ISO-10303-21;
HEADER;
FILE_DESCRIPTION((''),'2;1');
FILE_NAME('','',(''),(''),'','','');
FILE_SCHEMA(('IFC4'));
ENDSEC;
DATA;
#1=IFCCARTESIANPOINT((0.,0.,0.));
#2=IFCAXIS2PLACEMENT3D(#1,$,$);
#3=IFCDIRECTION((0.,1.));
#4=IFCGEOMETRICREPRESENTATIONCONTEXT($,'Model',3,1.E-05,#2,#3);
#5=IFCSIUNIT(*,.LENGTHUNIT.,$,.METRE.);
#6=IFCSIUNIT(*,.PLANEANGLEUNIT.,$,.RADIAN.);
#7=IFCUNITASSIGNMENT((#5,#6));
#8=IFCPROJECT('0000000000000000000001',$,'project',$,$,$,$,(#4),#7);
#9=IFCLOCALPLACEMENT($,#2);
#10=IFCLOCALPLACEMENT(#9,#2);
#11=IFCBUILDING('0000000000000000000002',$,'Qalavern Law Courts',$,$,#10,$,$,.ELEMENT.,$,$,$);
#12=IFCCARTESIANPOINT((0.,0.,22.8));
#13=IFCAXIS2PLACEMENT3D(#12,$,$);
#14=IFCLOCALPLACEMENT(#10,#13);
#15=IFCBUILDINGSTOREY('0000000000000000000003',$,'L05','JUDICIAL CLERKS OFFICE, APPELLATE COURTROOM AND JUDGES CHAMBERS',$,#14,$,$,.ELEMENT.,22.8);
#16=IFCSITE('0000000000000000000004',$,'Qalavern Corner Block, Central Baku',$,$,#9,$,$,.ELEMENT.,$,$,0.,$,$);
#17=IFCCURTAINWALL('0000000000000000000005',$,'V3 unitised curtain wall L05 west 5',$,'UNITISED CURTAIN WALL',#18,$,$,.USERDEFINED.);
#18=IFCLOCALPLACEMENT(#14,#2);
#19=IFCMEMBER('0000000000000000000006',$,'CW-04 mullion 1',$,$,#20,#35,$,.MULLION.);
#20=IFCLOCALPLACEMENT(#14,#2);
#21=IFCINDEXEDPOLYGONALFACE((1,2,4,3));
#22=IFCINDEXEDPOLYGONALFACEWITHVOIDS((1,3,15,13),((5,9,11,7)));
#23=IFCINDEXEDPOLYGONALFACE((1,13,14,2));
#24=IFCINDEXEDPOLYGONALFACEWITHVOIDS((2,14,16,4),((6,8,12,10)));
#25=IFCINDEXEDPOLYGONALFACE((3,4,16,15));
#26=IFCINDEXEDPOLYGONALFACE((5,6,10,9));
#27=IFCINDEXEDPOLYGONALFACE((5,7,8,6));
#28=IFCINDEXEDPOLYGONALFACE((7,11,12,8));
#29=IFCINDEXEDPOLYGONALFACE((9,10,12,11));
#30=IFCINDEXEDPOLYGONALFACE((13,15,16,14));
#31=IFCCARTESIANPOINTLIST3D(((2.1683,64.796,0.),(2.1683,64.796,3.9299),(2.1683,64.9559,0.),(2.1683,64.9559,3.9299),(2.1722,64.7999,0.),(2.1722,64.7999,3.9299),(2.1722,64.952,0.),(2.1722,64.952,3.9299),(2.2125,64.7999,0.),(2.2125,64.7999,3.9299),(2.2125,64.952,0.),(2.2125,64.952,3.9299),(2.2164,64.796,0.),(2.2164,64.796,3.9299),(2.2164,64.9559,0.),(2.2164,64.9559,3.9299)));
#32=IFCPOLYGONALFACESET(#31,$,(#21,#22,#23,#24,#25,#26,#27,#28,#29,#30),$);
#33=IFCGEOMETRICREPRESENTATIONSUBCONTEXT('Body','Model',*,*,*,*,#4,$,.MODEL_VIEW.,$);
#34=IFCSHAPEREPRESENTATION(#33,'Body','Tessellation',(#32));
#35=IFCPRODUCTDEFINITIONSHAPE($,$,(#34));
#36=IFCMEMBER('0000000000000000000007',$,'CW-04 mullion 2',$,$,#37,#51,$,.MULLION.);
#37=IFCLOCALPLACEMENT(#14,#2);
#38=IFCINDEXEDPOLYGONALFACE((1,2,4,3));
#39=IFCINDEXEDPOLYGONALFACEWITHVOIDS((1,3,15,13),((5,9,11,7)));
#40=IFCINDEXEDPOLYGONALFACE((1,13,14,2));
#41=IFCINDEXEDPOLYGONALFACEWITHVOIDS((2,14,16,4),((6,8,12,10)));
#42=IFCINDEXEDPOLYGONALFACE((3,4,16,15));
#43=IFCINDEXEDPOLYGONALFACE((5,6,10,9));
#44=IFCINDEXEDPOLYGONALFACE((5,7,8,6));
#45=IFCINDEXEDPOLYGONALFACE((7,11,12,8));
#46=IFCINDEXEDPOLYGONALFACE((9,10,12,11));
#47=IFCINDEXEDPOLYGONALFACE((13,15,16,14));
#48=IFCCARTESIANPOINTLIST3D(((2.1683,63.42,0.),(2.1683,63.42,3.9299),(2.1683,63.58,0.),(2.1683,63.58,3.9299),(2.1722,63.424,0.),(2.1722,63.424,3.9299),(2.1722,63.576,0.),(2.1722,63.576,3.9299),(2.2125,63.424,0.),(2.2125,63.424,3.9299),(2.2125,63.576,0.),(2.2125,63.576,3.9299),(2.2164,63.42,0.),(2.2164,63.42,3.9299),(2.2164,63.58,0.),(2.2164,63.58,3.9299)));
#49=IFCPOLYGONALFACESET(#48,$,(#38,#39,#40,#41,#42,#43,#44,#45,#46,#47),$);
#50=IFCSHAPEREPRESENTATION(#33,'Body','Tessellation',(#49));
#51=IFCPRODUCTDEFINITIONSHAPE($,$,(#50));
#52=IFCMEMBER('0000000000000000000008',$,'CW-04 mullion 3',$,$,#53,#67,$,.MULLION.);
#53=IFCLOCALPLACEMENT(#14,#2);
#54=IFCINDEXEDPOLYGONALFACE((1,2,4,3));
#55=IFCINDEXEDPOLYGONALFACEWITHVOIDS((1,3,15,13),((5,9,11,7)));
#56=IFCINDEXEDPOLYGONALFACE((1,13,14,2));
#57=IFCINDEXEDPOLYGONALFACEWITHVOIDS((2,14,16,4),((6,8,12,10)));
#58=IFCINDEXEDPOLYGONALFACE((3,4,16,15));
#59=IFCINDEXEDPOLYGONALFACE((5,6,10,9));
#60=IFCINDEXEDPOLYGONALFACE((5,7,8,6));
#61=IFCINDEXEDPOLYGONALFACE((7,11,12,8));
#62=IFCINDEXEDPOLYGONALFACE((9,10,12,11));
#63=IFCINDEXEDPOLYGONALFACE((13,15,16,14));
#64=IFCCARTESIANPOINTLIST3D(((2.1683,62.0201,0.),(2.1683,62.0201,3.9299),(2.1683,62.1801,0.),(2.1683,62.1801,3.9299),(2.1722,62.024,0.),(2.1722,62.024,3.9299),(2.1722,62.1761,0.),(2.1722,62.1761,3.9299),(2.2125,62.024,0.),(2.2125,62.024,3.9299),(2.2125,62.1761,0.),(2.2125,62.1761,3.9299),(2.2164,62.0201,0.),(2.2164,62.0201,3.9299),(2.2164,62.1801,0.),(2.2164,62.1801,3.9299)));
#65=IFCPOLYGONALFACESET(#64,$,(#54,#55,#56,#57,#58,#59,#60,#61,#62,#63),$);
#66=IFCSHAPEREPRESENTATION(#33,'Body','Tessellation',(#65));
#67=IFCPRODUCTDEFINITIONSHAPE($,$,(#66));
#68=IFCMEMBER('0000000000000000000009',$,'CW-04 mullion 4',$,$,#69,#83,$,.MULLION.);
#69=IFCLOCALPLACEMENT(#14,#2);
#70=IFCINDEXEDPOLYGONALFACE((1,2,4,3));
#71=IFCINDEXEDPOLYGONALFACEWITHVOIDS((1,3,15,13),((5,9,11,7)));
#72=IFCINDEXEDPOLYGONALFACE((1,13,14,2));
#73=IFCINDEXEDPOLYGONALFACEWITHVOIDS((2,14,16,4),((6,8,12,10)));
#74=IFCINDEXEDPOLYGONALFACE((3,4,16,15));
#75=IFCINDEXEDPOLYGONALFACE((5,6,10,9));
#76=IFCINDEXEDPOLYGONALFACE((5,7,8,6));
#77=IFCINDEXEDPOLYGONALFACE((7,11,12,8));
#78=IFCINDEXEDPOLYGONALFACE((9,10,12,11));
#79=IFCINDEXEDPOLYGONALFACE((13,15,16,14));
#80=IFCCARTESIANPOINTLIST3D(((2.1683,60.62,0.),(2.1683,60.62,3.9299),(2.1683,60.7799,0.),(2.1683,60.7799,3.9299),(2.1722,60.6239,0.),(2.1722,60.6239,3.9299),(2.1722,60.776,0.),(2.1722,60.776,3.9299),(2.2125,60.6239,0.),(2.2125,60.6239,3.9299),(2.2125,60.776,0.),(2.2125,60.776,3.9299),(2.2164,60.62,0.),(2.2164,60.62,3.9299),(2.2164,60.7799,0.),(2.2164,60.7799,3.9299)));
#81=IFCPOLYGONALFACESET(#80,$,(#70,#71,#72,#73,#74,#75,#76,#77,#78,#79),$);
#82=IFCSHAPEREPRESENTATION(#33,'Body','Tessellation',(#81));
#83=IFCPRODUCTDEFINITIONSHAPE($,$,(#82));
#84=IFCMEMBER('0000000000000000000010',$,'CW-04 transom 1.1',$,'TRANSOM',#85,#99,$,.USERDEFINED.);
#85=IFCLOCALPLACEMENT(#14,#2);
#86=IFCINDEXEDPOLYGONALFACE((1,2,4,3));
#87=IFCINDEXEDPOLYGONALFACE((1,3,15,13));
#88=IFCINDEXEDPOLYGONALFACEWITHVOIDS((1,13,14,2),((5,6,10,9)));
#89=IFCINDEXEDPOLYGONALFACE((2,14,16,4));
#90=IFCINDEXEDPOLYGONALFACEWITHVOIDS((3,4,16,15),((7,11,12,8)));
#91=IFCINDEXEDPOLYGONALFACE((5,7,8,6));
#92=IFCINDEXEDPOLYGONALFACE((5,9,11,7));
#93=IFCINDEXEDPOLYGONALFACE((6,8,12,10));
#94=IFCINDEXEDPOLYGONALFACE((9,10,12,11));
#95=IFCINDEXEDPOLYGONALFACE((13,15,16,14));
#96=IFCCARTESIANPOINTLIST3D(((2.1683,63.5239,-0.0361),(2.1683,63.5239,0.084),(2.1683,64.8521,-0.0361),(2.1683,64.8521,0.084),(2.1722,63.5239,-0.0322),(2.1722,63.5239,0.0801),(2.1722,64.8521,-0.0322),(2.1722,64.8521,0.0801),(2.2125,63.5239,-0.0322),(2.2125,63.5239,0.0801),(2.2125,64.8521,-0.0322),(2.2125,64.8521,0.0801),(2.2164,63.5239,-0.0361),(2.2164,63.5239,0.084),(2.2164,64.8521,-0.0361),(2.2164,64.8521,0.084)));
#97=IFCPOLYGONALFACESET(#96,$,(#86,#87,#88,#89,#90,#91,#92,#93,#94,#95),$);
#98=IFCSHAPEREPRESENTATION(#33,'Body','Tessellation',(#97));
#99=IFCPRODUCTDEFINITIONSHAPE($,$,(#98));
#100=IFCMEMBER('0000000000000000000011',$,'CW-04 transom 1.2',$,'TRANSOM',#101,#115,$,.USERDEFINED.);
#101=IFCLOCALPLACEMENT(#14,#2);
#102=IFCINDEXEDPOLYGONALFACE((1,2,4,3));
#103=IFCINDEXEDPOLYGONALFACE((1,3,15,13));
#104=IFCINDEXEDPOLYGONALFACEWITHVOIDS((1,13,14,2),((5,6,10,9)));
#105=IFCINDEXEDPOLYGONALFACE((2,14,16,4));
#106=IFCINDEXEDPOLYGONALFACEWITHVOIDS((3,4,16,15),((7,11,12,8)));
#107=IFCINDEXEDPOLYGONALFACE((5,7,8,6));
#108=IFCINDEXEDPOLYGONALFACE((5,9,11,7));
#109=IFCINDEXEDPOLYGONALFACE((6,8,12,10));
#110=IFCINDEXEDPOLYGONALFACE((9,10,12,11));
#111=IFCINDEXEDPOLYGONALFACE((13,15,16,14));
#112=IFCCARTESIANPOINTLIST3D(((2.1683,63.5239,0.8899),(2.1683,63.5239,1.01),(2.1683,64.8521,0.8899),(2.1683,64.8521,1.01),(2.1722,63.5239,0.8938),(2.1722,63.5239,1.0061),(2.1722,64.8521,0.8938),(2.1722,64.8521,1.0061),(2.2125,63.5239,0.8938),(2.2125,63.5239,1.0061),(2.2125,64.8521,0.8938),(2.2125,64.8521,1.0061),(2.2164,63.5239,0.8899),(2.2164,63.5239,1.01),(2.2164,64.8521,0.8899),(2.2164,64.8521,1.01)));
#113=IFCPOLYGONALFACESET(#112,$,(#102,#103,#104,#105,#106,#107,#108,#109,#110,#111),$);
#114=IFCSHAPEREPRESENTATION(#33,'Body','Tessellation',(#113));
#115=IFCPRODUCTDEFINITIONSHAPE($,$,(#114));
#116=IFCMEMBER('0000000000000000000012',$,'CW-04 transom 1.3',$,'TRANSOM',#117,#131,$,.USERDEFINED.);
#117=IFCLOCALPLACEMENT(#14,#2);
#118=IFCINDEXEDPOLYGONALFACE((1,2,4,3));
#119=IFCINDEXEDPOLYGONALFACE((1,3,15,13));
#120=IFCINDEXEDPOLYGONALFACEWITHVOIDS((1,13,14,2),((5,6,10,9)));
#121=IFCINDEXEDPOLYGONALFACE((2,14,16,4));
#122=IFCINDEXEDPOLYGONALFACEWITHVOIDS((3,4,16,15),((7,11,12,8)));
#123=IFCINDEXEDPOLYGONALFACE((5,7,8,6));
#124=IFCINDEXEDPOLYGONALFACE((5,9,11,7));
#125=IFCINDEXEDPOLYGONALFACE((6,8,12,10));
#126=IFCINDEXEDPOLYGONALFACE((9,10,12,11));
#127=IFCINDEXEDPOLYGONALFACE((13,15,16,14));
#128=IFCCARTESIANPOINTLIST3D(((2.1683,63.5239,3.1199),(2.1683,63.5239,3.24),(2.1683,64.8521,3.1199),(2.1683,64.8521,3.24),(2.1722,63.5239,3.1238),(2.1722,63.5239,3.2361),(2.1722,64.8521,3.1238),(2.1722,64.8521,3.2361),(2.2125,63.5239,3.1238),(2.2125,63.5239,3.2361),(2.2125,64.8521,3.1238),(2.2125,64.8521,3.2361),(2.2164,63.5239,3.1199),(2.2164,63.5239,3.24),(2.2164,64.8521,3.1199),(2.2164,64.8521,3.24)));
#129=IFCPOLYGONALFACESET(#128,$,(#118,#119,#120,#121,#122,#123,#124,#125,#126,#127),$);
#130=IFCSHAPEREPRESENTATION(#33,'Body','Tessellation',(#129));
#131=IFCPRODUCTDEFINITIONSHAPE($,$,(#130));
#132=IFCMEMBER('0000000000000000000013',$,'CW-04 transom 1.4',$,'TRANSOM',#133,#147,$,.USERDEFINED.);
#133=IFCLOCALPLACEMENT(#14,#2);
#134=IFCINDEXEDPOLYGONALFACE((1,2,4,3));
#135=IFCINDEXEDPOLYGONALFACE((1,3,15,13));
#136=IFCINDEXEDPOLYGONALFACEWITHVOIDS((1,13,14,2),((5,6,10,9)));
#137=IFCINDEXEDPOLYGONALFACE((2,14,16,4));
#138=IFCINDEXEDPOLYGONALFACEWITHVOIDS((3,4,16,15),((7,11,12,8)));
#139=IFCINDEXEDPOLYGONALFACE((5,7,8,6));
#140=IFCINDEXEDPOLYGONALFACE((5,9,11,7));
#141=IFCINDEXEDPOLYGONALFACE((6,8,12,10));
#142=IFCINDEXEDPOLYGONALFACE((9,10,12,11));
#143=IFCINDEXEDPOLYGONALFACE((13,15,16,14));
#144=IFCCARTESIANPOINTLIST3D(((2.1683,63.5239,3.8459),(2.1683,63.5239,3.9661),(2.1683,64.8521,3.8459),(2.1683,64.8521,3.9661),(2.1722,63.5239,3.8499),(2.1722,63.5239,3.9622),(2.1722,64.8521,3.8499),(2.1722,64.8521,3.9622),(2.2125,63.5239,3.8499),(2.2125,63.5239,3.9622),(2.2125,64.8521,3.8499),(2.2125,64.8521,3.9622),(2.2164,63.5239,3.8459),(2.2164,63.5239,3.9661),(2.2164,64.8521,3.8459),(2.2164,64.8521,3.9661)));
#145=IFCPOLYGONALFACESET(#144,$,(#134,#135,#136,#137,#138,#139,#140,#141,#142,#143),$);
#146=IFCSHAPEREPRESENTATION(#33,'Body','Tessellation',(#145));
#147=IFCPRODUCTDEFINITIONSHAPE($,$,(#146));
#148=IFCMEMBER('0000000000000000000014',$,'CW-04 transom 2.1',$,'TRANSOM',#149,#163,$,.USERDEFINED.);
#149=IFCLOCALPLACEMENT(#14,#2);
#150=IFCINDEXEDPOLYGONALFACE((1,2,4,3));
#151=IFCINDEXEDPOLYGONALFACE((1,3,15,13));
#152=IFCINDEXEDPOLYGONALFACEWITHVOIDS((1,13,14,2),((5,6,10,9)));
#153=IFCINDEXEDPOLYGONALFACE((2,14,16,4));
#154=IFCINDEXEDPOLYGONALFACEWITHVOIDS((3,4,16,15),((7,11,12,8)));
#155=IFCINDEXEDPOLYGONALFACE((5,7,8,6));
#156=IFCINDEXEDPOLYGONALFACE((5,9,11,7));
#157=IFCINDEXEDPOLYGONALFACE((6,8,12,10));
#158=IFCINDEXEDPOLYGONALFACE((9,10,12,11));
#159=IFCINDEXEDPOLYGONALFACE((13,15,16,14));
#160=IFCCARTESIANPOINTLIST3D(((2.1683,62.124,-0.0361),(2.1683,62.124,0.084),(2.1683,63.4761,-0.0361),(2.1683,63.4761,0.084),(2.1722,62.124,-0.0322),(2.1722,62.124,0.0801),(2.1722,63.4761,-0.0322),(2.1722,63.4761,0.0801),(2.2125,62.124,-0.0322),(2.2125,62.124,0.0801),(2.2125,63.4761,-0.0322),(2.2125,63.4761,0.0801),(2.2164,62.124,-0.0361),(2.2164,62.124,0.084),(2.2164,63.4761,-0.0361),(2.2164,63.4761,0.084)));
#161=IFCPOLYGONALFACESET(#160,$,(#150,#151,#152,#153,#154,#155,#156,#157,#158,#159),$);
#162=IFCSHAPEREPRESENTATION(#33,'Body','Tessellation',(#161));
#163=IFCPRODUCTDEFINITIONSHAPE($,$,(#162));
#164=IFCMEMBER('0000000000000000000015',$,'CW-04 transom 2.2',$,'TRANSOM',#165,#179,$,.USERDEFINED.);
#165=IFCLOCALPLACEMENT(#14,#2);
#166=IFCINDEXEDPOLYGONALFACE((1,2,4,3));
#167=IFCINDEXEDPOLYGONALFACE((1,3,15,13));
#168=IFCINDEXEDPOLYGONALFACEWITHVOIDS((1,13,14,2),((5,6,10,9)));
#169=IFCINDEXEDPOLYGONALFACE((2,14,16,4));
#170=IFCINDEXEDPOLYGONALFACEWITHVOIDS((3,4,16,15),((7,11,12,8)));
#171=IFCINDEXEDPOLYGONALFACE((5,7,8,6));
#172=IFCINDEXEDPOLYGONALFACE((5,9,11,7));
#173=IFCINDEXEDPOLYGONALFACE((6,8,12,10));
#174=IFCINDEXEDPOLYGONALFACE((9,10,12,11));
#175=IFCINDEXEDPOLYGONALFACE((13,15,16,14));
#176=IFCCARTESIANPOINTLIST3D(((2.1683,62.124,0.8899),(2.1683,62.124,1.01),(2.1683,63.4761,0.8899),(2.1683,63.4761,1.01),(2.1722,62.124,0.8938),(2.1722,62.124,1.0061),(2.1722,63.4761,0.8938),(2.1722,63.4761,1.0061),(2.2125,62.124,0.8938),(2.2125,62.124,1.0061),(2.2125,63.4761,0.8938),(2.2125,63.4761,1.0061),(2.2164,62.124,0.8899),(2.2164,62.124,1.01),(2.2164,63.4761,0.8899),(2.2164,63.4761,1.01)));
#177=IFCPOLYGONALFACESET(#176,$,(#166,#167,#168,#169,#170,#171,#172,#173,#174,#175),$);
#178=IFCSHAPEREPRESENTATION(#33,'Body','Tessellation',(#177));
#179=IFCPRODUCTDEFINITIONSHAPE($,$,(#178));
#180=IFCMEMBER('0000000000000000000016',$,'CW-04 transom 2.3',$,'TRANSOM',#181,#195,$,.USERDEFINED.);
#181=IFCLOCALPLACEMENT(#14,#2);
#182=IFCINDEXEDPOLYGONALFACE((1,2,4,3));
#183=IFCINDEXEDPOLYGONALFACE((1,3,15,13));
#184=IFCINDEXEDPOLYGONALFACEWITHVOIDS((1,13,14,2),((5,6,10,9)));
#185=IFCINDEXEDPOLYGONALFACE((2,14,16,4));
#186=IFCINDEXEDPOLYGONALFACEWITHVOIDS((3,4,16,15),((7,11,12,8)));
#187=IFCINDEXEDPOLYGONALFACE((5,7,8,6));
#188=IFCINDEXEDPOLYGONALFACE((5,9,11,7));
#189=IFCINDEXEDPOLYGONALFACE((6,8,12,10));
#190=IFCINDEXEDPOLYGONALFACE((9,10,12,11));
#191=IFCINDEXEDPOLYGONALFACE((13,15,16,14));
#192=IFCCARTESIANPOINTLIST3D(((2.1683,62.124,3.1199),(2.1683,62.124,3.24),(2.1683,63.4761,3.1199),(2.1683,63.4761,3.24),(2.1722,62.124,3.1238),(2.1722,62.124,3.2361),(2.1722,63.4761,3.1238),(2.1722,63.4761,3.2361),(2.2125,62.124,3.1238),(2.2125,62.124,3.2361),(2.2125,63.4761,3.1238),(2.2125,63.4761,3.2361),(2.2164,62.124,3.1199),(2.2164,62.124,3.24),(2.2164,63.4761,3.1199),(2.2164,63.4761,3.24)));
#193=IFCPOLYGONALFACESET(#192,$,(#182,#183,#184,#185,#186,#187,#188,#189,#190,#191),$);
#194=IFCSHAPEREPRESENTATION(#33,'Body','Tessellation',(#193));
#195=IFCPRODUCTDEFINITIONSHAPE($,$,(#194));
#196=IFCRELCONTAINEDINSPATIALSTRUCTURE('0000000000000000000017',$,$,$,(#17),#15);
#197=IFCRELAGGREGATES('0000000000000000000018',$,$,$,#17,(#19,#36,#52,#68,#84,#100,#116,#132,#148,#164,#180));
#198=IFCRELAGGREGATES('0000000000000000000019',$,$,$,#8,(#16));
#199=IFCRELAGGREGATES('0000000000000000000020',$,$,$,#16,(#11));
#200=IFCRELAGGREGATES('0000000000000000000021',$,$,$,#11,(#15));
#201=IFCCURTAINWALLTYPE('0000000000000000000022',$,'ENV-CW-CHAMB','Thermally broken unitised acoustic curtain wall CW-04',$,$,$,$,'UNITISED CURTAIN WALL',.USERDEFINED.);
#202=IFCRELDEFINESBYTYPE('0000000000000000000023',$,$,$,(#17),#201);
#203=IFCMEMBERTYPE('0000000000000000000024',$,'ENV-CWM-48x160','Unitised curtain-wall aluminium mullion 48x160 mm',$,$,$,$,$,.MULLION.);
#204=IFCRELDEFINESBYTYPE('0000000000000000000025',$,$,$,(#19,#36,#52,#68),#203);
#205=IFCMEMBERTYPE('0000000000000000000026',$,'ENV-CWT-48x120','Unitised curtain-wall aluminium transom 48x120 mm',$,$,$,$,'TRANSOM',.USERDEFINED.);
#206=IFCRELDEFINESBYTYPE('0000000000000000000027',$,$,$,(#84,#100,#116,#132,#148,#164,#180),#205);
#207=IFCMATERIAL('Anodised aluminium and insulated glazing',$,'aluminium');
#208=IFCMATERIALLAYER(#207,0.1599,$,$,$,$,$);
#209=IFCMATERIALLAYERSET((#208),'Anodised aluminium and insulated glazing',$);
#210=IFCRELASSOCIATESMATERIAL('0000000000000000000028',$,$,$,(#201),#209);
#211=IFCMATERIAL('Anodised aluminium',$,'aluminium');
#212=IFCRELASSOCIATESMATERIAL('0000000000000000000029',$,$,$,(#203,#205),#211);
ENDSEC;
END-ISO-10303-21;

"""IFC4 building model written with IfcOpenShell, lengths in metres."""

from ifc_helpers import new_model, si_unit, direction, frame, origin, origin_2d, place, context, subcontext, project, spatial, hollow_rectangle, extrude, material, layer, layer_set, material_profile, profile_set, type_object, element, aggregate, save


model = new_model("IFC4")

# Units and contexts
model_context = context("Model", 3, precision=1e-05, world=origin(), true_north=direction((0.0, 1.0)))
body_context = subcontext(model_context, "Body", "Model", "MODEL_VIEW")
ifc_project = project(units=[si_unit("LENGTHUNIT", "METRE"), si_unit("PLANEANGLEUNIT", "RADIAN")], contexts=[model_context])

# Site, building, storey
site_placement = place(None, origin())
site = spatial("IfcSite", under=ifc_project, at=site_placement, Name="Qalavern Corner Block, Central Baku", CompositionType="ELEMENT", RefElevation=0.0)
building_placement = place(site_placement, origin())
building = spatial("IfcBuilding", under=site, at=building_placement, Name="Qalavern Law Courts", CompositionType="ELEMENT")
storey_placement = place(building_placement, frame((0.0, 0.0, 22.8)))
storey = spatial("IfcBuildingStorey", under=building, at=storey_placement, Name="L05", Description="JUDICIAL CLERKS OFFICE, APPELLATE COURTROOM AND JUDGES CHAMBERS", CompositionType="ELEMENT", Elevation=22.8)

# Curtain wall, members
ifc_material_1 = material(Name="Anodised aluminium and insulated glazing", Category="aluminium")
ifc_layer_1 = layer(ifc_material_1, 0.1599)
ifc_layer_set_1 = layer_set([ifc_layer_1], Name="Anodised aluminium and insulated glazing")
curtain_wall_type = type_object("IfcCurtainWallType", Name="ENV-CW-CHAMB", Description="Thermally broken unitised acoustic curtain wall CW-04", ElementType="UNITISED CURTAIN WALL", PredefinedType="USERDEFINED", material=ifc_layer_set_1)
curtain_wall_placement = place(storey_placement, origin())
curtain_wall = element("IfcCurtainWall", 1, at=curtain_wall_placement, inside=storey, type_object=curtain_wall_type, Name="V3 unitised curtain wall L05 west 5", ObjectType="UNITISED CURTAIN WALL", PredefinedType="USERDEFINED")
ifc_material_2 = material(Name="Anodised aluminium", Category="aluminium")
ifc_material_profile_1 = material_profile(ifc_material_2, hollow_rectangle(XDim=0.0481, YDim=0.1599, WallThickness=0.0039, at=origin_2d()), Name="ALU MULLION 48x160")
ifc_profile_set_1 = profile_set([ifc_material_profile_1], Name="Anodised aluminium")
member_type_1 = type_object("IfcMemberType", Name="ENV-CWM-48x160", Description="Unitised curtain-wall aluminium mullion 48x160 mm", PredefinedType="MULLION", material=ifc_profile_set_1)
member_1_placement = place(storey_placement, frame((2.1924, 64.876, 0.0), z_axis=(0.0, 0.0, 1.0), x_axis=(1.0, 0.0, 0.0)))
member_1 = element("IfcMember", 2, at=member_1_placement, type_object=member_type_1, Name="CW-04 mullion 1", PredefinedType="MULLION", context=body_context, shape_type="SweptSolid", body=[
    extrude(hollow_rectangle(XDim=0.0481, YDim=0.1599, WallThickness=0.0039, at=origin_2d()), origin(), (0.0, 0.0, 1.0), 3.9299),
])
member_2_placement = place(storey_placement, frame((2.1924, 63.5, 0.0), z_axis=(0.0, 0.0, 1.0), x_axis=(1.0, 0.0, 0.0)))
member_2 = element("IfcMember", 3, at=member_2_placement, type_object=member_type_1, Name="CW-04 mullion 2", PredefinedType="MULLION", context=body_context, shape_type="SweptSolid", body=[
    extrude(hollow_rectangle(XDim=0.0481, YDim=0.1599, WallThickness=0.0039, at=origin_2d()), origin(), (0.0, 0.0, 1.0), 3.9299),
])
member_3_placement = place(storey_placement, frame((2.1924, 62.1001, 0.0), z_axis=(0.0, 0.0, 1.0), x_axis=(1.0, 0.0, 0.0)))
member_3 = element("IfcMember", 4, at=member_3_placement, type_object=member_type_1, Name="CW-04 mullion 3", PredefinedType="MULLION", context=body_context, shape_type="SweptSolid", body=[
    extrude(hollow_rectangle(XDim=0.0481, YDim=0.1599, WallThickness=0.0039, at=origin_2d()), origin(), (0.0, 0.0, 1.0), 3.9299),
])
member_4_placement = place(storey_placement, frame((2.1924, 60.7, 0.0), z_axis=(0.0, 0.0, 1.0), x_axis=(1.0, 0.0, 0.0)))
member_4 = element("IfcMember", 5, at=member_4_placement, type_object=member_type_1, Name="CW-04 mullion 4", PredefinedType="MULLION", context=body_context, shape_type="SweptSolid", body=[
    extrude(hollow_rectangle(XDim=0.0481, YDim=0.1599, WallThickness=0.0039, at=origin_2d()), origin(), (0.0, 0.0, 1.0), 3.9299),
])
ifc_material_profile_2 = material_profile(ifc_material_2, hollow_rectangle(XDim=0.0481, YDim=0.1201, WallThickness=0.0039, at=origin_2d()), Name="ALU TRANSOM 48x120")
ifc_profile_set_2 = profile_set([ifc_material_profile_2], Name="Anodised aluminium")
member_type_2 = type_object("IfcMemberType", Name="ENV-CWT-48x120", Description="Unitised curtain-wall aluminium transom 48x120 mm", ElementType="TRANSOM", PredefinedType="USERDEFINED", material=ifc_profile_set_2)
member_5_placement = place(storey_placement, frame((2.1924, 64.8521, 0.0239), z_axis=(0.0, -1.0, 0.0), x_axis=(1.0, 0.0, 0.0)))
member_5 = element("IfcMember", 6, at=member_5_placement, type_object=member_type_2, Name="CW-04 transom 1.1", ObjectType="TRANSOM", PredefinedType="USERDEFINED", context=body_context, shape_type="SweptSolid", body=[
    extrude(hollow_rectangle(XDim=0.0481, YDim=0.1201, WallThickness=0.0039, at=origin_2d()), origin(), (0.0, 0.0, 1.0), 1.3281),
])
member_6_placement = place(storey_placement, frame((2.1924, 64.8521, 0.95), z_axis=(0.0, -1.0, 0.0), x_axis=(1.0, 0.0, 0.0)))
member_6 = element("IfcMember", 7, at=member_6_placement, type_object=member_type_2, Name="CW-04 transom 1.2", ObjectType="TRANSOM", PredefinedType="USERDEFINED", context=body_context, shape_type="SweptSolid", body=[
    extrude(hollow_rectangle(XDim=0.0481, YDim=0.1201, WallThickness=0.0039, at=origin_2d()), origin(), (0.0, 0.0, 1.0), 1.3281),
])
member_7_placement = place(storey_placement, frame((2.1924, 64.8521, 3.1799), z_axis=(0.0, -1.0, 0.0), x_axis=(1.0, 0.0, 0.0)))
member_7 = element("IfcMember", 8, at=member_7_placement, type_object=member_type_2, Name="CW-04 transom 1.3", ObjectType="TRANSOM", PredefinedType="USERDEFINED", context=body_context, shape_type="SweptSolid", body=[
    extrude(hollow_rectangle(XDim=0.0481, YDim=0.1201, WallThickness=0.0039, at=origin_2d()), origin(), (0.0, 0.0, 1.0), 1.3281),
])
member_8_placement = place(storey_placement, frame((2.1924, 64.8521, 3.906), z_axis=(0.0, -1.0, 0.0), x_axis=(1.0, 0.0, 0.0)))
member_8 = element("IfcMember", 9, at=member_8_placement, type_object=member_type_2, Name="CW-04 transom 1.4", ObjectType="TRANSOM", PredefinedType="USERDEFINED", context=body_context, shape_type="SweptSolid", body=[
    extrude(hollow_rectangle(XDim=0.0481, YDim=0.1201, WallThickness=0.0039, at=origin_2d()), origin(), (0.0, 0.0, 1.0), 1.3281),
])
member_9_placement = place(storey_placement, frame((2.1924, 63.4761, 0.0239), z_axis=(0.0, -1.0, 0.0), x_axis=(1.0, 0.0, 0.0)))
member_9 = element("IfcMember", 10, at=member_9_placement, type_object=member_type_2, Name="CW-04 transom 2.1", ObjectType="TRANSOM", PredefinedType="USERDEFINED", context=body_context, shape_type="SweptSolid", body=[
    extrude(hollow_rectangle(XDim=0.0481, YDim=0.1201, WallThickness=0.0039, at=origin_2d()), origin(), (0.0, 0.0, 1.0), 1.3521),
])
member_10_placement = place(storey_placement, frame((2.1924, 63.4761, 0.95), z_axis=(0.0, -1.0, 0.0), x_axis=(1.0, 0.0, 0.0)))
member_10 = element("IfcMember", 11, at=member_10_placement, type_object=member_type_2, Name="CW-04 transom 2.2", ObjectType="TRANSOM", PredefinedType="USERDEFINED", context=body_context, shape_type="SweptSolid", body=[
    extrude(hollow_rectangle(XDim=0.0481, YDim=0.1201, WallThickness=0.0039, at=origin_2d()), origin(), (0.0, 0.0, 1.0), 1.3521),
])
member_11_placement = place(storey_placement, frame((2.1924, 63.4761, 3.1799), z_axis=(0.0, -1.0, 0.0), x_axis=(1.0, 0.0, 0.0)))
member_11 = element("IfcMember", 12, at=member_11_placement, type_object=member_type_2, Name="CW-04 transom 2.3", ObjectType="TRANSOM", PredefinedType="USERDEFINED", context=body_context, shape_type="SweptSolid", body=[
    extrude(hollow_rectangle(XDim=0.0481, YDim=0.1201, WallThickness=0.0039, at=origin_2d()), origin(), (0.0, 0.0, 1.0), 1.3521),
])
aggregate(curtain_wall, [member_1, member_2, member_3, member_4, member_5, member_6, member_7, member_8, member_9, member_10, member_11])

save(model, "model.ifc")
